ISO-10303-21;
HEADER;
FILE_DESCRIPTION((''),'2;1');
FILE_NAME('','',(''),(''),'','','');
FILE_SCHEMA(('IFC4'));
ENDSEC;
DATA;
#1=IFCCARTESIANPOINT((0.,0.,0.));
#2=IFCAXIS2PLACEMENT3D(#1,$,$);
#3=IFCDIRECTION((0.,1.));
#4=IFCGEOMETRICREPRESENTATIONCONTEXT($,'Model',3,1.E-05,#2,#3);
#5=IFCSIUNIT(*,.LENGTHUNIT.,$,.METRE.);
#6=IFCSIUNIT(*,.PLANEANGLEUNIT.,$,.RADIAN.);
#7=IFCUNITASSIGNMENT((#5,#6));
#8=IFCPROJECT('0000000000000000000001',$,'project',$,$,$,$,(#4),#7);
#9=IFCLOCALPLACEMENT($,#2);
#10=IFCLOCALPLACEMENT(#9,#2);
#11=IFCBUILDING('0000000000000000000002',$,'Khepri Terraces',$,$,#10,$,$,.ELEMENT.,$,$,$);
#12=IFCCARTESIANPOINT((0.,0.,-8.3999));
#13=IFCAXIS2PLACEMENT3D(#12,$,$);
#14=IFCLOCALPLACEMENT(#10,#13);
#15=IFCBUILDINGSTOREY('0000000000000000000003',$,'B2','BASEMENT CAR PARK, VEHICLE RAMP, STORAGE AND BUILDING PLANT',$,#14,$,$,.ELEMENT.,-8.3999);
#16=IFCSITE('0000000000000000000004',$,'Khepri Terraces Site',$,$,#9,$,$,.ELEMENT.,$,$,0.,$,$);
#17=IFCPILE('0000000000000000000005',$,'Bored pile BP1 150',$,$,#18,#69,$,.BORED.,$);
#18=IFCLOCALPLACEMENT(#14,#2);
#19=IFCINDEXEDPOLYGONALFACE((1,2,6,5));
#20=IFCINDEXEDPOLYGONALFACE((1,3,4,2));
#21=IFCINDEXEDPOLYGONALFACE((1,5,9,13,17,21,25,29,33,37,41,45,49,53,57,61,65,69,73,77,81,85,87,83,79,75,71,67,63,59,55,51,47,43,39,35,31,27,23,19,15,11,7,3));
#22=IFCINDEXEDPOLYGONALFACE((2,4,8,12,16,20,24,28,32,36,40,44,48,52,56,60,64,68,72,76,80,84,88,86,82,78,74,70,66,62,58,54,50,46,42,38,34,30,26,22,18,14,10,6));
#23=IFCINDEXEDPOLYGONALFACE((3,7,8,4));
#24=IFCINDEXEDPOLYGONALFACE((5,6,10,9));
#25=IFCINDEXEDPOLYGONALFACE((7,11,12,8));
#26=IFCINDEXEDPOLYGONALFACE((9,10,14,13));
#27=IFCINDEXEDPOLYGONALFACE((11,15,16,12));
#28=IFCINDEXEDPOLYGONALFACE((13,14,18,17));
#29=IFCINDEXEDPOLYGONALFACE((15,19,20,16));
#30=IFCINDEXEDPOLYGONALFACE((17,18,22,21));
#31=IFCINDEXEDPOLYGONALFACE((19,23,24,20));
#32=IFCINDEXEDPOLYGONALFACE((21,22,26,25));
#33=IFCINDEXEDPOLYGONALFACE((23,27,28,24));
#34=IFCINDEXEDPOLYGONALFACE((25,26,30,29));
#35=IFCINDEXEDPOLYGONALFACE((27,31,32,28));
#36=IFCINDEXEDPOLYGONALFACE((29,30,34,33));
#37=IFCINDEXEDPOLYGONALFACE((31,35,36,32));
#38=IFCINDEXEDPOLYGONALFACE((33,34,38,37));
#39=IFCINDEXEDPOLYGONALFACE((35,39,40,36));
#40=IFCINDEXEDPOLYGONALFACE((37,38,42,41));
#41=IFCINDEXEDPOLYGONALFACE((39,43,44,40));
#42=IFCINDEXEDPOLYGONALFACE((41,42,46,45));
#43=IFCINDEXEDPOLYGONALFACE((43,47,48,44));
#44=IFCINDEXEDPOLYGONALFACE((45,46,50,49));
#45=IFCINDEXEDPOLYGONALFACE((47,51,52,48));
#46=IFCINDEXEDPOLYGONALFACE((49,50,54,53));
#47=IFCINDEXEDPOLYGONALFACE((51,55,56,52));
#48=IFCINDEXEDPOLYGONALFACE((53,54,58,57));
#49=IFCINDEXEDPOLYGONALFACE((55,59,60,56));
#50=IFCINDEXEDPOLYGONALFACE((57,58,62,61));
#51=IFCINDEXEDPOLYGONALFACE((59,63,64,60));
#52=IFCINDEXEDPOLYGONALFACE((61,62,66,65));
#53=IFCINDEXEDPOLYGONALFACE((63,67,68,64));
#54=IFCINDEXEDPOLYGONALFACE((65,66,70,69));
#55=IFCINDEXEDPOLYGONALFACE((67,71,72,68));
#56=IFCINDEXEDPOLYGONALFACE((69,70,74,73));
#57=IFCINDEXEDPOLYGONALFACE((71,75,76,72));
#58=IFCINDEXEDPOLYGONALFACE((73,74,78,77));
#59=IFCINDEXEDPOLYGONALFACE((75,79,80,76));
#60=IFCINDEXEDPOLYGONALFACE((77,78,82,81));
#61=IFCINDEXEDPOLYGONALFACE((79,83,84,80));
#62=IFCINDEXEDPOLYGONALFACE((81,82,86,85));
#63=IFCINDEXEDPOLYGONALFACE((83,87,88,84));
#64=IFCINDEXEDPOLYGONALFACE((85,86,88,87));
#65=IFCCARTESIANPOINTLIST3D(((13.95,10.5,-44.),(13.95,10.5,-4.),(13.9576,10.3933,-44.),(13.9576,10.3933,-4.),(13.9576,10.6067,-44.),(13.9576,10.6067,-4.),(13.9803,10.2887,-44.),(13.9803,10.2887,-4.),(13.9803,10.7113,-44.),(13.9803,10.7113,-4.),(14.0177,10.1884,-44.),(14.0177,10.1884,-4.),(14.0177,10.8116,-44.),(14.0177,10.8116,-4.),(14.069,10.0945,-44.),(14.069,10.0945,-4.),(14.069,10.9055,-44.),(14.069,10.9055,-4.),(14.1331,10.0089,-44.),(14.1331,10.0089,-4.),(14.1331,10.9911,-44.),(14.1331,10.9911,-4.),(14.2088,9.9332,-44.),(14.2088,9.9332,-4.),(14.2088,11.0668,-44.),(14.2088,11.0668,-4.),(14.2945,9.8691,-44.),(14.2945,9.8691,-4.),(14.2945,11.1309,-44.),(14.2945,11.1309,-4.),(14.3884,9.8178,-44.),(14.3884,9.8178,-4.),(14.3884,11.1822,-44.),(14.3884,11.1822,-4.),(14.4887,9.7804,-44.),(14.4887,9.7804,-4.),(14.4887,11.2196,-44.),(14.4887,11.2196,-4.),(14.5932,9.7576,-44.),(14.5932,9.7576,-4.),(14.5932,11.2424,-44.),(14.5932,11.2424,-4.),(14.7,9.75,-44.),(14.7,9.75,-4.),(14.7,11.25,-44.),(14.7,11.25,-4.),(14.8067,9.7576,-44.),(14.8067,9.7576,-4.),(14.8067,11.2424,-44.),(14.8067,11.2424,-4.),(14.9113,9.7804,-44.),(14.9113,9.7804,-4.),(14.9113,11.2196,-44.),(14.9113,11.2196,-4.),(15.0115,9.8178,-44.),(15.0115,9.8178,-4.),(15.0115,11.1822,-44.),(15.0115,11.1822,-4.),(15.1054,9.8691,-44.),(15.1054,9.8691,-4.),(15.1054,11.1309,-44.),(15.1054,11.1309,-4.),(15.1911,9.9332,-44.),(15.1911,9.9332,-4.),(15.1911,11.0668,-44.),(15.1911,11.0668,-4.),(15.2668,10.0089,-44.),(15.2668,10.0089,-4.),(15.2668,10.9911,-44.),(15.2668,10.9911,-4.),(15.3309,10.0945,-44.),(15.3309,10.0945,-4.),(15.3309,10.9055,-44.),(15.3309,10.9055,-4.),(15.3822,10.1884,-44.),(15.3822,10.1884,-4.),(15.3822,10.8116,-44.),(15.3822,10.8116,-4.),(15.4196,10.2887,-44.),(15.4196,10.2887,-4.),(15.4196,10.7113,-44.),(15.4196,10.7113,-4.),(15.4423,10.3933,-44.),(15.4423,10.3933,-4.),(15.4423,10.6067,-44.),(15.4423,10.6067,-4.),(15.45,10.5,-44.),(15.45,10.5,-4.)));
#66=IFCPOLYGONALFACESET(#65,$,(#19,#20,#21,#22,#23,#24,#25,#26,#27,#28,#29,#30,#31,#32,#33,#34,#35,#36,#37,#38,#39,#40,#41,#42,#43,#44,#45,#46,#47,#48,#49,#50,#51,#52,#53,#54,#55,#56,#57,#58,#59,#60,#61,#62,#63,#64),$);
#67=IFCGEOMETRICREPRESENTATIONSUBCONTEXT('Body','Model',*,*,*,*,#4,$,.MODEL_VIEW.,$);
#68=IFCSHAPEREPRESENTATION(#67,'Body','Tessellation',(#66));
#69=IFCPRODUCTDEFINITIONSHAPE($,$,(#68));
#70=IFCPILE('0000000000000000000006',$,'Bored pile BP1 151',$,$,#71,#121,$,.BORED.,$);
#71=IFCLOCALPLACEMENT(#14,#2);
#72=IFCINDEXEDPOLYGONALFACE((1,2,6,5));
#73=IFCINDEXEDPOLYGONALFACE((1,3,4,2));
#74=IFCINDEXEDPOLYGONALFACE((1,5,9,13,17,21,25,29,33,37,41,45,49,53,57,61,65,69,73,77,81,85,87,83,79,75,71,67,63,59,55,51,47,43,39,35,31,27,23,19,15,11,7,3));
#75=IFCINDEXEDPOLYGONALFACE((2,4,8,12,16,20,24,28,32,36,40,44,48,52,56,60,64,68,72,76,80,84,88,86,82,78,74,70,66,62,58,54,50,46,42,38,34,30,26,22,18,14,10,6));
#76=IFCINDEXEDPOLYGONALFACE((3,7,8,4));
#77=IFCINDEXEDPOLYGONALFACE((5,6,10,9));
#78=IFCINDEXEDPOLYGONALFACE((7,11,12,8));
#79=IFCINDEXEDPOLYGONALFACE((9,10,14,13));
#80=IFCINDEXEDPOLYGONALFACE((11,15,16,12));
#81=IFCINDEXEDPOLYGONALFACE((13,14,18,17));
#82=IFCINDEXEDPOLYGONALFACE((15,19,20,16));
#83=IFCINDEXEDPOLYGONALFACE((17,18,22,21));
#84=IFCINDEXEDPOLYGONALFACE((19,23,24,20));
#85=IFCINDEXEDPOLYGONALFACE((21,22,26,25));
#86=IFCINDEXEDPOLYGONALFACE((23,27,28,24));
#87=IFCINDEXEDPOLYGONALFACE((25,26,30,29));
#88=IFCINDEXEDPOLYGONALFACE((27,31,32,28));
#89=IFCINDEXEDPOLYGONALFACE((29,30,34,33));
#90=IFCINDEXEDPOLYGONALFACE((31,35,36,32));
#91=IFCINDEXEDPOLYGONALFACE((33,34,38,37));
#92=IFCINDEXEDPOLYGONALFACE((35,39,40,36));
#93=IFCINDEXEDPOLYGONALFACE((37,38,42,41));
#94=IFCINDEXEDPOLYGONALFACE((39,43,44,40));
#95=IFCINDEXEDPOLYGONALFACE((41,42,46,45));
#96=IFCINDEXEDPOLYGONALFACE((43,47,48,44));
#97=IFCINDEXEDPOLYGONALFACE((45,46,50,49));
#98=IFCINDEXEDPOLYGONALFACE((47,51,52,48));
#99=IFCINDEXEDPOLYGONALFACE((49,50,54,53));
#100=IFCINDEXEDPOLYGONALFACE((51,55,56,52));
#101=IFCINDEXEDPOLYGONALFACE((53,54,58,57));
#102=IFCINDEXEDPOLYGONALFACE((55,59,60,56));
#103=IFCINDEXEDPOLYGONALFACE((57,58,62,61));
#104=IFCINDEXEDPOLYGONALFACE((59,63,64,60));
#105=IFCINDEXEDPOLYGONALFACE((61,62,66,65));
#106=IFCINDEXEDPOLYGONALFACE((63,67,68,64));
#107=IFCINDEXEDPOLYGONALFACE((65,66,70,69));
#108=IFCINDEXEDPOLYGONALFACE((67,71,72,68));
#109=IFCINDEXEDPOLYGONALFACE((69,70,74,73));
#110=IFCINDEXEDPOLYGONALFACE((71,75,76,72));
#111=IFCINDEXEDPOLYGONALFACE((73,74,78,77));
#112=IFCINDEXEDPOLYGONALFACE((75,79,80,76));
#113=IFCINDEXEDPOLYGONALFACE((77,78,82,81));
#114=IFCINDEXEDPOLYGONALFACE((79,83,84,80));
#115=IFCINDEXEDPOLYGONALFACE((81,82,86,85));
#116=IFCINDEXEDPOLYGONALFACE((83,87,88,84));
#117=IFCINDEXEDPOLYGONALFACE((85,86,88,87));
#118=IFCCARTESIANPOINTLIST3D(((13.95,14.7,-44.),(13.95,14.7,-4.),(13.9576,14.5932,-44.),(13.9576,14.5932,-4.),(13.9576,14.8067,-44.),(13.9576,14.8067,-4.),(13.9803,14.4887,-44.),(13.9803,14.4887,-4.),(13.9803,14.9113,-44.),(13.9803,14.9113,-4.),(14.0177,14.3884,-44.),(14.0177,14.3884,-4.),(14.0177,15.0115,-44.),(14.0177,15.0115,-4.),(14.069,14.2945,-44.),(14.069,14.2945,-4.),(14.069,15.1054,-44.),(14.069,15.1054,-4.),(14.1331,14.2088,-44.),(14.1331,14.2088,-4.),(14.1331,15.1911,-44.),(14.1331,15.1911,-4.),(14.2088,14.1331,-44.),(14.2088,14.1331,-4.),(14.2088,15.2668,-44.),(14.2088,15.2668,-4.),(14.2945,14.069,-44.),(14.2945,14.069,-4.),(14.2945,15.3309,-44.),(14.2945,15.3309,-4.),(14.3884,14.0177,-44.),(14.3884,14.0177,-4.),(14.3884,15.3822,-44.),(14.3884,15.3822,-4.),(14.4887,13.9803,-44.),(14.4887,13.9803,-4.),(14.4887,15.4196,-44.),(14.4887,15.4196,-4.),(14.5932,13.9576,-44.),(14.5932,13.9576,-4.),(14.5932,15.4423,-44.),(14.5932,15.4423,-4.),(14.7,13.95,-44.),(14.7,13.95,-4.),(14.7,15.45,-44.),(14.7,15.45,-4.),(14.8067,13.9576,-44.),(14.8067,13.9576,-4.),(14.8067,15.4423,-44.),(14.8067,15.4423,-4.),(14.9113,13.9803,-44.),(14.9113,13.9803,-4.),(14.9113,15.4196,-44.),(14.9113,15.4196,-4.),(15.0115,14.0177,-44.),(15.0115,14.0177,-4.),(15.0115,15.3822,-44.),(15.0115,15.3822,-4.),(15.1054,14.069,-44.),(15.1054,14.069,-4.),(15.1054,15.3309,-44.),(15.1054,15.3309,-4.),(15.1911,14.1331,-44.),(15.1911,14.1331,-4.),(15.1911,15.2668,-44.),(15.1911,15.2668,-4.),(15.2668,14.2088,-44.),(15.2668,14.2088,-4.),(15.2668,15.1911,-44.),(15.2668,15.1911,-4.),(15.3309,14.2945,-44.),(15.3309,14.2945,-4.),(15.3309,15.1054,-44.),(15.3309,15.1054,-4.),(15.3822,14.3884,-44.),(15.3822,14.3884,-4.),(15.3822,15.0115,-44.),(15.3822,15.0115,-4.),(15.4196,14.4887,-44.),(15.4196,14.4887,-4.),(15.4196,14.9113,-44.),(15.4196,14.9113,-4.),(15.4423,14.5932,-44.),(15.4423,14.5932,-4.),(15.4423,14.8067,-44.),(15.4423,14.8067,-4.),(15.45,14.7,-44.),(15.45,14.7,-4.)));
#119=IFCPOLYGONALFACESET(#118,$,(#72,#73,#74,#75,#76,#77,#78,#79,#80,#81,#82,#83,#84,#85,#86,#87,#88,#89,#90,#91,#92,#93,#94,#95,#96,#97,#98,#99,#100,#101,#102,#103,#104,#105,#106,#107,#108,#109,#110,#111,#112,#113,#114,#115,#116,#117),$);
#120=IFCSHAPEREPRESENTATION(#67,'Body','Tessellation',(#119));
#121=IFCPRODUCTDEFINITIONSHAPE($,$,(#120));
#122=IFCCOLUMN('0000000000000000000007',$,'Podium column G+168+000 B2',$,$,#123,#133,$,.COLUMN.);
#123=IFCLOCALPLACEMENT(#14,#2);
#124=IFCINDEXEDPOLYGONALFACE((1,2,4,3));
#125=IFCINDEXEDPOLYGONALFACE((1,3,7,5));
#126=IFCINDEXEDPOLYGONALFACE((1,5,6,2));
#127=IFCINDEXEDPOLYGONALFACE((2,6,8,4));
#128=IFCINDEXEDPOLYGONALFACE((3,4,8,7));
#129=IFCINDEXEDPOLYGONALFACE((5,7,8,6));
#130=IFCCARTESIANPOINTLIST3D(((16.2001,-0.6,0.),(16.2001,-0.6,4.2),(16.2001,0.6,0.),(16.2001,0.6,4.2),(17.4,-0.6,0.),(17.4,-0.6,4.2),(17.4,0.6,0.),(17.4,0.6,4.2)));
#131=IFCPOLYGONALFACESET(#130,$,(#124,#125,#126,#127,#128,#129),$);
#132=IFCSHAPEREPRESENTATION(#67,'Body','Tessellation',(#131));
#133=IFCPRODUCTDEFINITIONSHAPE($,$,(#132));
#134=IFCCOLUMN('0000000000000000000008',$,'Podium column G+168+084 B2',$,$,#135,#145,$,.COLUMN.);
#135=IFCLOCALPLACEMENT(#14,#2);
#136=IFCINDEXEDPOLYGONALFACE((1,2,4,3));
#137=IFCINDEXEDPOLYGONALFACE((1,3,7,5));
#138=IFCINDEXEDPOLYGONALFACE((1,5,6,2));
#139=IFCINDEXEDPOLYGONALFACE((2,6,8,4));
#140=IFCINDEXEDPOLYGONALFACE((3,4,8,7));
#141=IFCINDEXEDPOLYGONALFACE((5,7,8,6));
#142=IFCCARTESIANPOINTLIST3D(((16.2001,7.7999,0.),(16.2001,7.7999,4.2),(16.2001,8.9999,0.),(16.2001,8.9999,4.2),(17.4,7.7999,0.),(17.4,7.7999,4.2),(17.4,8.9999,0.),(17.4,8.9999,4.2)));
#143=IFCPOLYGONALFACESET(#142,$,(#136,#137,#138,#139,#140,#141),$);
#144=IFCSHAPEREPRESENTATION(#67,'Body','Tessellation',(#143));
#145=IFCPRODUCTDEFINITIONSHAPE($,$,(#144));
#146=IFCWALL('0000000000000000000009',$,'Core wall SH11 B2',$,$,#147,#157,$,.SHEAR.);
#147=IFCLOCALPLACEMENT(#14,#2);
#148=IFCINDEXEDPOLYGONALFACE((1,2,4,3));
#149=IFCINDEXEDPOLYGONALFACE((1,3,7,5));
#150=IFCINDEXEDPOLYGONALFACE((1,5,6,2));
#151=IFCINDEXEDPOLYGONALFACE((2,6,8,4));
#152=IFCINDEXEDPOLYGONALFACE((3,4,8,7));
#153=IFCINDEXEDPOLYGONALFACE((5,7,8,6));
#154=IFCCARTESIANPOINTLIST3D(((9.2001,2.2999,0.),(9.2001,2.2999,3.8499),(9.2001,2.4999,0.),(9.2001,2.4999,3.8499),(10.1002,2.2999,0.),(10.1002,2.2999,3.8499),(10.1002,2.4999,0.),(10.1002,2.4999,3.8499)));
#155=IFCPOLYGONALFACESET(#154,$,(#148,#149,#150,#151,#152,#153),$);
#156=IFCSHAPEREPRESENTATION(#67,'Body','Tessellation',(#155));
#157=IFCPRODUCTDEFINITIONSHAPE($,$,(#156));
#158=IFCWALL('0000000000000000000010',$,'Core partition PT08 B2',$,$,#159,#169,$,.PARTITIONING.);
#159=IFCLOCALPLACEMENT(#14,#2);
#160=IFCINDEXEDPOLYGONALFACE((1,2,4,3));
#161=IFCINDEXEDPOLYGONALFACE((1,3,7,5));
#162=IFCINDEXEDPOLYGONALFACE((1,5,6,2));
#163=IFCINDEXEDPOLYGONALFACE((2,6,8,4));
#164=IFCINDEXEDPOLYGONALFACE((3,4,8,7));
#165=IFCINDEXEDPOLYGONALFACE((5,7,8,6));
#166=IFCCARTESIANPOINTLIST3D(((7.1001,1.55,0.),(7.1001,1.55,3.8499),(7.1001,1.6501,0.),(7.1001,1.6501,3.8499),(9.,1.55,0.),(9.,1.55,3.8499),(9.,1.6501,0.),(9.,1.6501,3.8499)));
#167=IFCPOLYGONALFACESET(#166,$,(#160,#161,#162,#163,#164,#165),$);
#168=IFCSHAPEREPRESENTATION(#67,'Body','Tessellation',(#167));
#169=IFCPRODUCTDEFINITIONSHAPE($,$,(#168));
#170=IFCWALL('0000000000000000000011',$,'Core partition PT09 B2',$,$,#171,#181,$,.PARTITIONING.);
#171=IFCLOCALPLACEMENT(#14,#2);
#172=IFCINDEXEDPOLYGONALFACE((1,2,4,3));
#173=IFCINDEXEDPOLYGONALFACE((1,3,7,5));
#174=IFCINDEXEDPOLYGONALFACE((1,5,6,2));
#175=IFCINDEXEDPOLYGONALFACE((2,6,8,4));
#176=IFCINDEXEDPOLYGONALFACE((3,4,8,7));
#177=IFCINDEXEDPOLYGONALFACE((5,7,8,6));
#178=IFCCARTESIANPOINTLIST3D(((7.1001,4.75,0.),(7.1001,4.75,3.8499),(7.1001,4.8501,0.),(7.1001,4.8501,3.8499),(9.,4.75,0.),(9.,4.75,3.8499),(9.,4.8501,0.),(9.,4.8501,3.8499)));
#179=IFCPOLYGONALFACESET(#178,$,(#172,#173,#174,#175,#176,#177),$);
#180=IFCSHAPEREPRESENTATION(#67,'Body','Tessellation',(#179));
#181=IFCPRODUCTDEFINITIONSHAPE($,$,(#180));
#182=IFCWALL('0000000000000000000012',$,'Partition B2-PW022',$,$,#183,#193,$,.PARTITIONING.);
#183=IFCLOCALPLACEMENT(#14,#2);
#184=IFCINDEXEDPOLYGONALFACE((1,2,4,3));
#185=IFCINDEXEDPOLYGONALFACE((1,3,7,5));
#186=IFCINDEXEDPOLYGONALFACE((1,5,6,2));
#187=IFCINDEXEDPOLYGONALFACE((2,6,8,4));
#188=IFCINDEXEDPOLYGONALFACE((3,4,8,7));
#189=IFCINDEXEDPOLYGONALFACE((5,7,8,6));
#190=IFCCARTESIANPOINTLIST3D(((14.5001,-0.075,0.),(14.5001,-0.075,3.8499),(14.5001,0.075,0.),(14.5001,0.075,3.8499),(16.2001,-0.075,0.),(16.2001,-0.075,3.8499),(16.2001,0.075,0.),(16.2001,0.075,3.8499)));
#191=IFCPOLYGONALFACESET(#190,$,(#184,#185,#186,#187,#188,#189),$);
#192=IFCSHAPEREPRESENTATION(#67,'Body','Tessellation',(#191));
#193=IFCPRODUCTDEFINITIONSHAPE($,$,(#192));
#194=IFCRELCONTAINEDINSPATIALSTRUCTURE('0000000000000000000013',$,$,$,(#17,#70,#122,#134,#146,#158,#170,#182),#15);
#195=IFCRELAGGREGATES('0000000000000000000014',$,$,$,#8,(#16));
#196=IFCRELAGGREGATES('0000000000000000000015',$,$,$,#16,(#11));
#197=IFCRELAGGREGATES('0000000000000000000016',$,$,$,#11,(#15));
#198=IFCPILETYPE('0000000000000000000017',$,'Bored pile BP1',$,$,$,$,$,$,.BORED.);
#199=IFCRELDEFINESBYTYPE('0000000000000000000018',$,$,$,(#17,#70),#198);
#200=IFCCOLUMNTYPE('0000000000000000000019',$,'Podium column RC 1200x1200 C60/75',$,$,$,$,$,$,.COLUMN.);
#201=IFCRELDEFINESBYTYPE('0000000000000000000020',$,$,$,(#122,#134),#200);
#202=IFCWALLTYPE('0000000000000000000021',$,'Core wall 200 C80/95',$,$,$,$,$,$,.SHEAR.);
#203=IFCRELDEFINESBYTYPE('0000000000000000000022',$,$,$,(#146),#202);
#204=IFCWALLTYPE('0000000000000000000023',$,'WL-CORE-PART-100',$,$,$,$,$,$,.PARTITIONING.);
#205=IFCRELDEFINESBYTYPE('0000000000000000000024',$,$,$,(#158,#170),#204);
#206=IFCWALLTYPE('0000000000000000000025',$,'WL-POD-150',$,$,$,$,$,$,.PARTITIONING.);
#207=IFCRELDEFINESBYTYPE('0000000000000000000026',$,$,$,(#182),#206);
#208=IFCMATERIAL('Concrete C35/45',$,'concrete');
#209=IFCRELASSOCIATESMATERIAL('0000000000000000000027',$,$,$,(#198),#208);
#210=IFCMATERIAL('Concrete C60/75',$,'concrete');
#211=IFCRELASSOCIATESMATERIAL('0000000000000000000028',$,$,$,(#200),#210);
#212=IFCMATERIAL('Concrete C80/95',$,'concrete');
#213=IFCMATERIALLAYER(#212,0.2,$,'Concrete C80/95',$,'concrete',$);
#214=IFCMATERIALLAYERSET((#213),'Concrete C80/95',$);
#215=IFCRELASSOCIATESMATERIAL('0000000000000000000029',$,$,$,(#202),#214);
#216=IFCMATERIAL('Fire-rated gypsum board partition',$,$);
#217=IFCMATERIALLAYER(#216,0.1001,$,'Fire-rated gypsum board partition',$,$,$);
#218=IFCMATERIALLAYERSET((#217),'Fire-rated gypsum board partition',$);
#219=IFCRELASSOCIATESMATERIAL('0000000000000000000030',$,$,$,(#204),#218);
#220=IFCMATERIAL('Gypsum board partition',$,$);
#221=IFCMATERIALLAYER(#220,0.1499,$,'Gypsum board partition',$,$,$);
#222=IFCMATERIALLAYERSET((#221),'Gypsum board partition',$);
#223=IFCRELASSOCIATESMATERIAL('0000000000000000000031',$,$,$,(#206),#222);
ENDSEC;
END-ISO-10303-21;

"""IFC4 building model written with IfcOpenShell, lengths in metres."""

from ifc_helpers import new_model, si_unit, direction, frame, frame_2d, origin, origin_2d, place, context, subcontext, project, spatial, rectangle, circle, extrude, material, layer, layer_set, material_profile, profile_set, type_object, element, save


model = new_model("IFC4")

# Units and contexts
model_context = context("Model", 3, precision=1e-05, world=origin(), true_north=direction((0.0, 1.0)))
body_context = subcontext(model_context, "Body", "Model", "MODEL_VIEW")
ifc_project = project(units=[si_unit("LENGTHUNIT", "METRE"), si_unit("PLANEANGLEUNIT", "RADIAN")], contexts=[model_context])

# Site, building, storey
site_placement = place(None, origin())
site = spatial("IfcSite", under=ifc_project, at=site_placement, Name="Khepri Terraces Site", CompositionType="ELEMENT", RefElevation=0.0)
building_placement = place(site_placement, origin())
building = spatial("IfcBuilding", under=site, at=building_placement, Name="Khepri Terraces", CompositionType="ELEMENT")
storey_placement = place(building_placement, frame((0.0, 0.0, -8.3999)))
storey = spatial("IfcBuildingStorey", under=building, at=storey_placement, Name="B2", Description="BASEMENT CAR PARK, VEHICLE RAMP, STORAGE AND BUILDING PLANT", CompositionType="ELEMENT", Elevation=-8.3999)

# Piles
ifc_material_1 = material(Name="Concrete C35/45", Category="concrete")
ifc_material_profile_1 = material_profile(ifc_material_1, circle(Radius=0.75, at=origin_2d()), Name="Concrete C35/45", Category="concrete")
ifc_profile_set_1 = profile_set([ifc_material_profile_1], Name="Concrete C35/45")
pile_type = type_object("IfcPileType", Name="Bored pile BP1", PredefinedType="BORED", material=ifc_profile_set_1)
for number, where, z_axis, x_axis, name in (
    (1, (14.7, 10.5, -4.0), (0.0, 0.0, -1.0), (1.0, 0.0, 0.0), "Bored pile BP1 150"),
    (2, (14.7, 14.7, -4.0), (0.0, 0.0, -1.0), (1.0, 0.0, 0.0), "Bored pile BP1 151"),
):
    element("IfcPile", number, at=place(storey_placement, frame(where, z_axis=z_axis, x_axis=x_axis)), inside=storey, type_object=pile_type, Name=name, PredefinedType="BORED", context=body_context, shape_type="SweptSolid", body=[
        extrude(circle(Radius=0.75, at=origin_2d()), origin(), (0.0, 0.0, 1.0), 40.0),
    ])

# Columns
ifc_material_2 = material(Name="Concrete C60/75", Category="concrete")
ifc_material_profile_2 = material_profile(ifc_material_2, rectangle(XDim=1.2, YDim=1.2, at=origin_2d()), Name="Concrete C60/75", Category="concrete")
ifc_profile_set_2 = profile_set([ifc_material_profile_2], Name="Concrete C60/75")
column_type = type_object("IfcColumnType", Name="Podium column RC 1200x1200 C60/75", PredefinedType="COLUMN", material=ifc_profile_set_2)
for number, where, z_axis, x_axis, name in (
    (3, (16.8, 0.0, 0.0), (0.0, 0.0, 1.0), (1.0, 0.0, 0.0), "Podium column G+168+000 B2"),
    (4, (16.8, 8.3999, 0.0), (0.0, 0.0, 1.0), (1.0, 0.0, 0.0), "Podium column G+168+084 B2"),
):
    element("IfcColumn", number, at=place(storey_placement, frame(where, z_axis=z_axis, x_axis=x_axis)), inside=storey, type_object=column_type, Name=name, PredefinedType="COLUMN", context=body_context, shape_type="SweptSolid", body=[
        extrude(rectangle(XDim=1.2, YDim=1.2, at=origin_2d()), origin(), (0.0, 0.0, 1.0), 4.2),
    ])

# Walls
ifc_material_3 = material(Name="Concrete C80/95", Category="concrete")
ifc_layer_1 = layer(ifc_material_3, 0.2, Name="Concrete C80/95", Category="concrete")
ifc_layer_set_1 = layer_set([ifc_layer_1], Name="Concrete C80/95")
wall_type_1 = type_object("IfcWallType", Name="Core wall 200 C80/95", PredefinedType="SHEAR", material=ifc_layer_set_1)
wall_1_placement = place(storey_placement, frame((9.2, 2.3999, 0.0), z_axis=(0.0, 0.0, 1.0), x_axis=(1.0, 0.0, 0.0)))
element("IfcWall", 5, at=wall_1_placement, inside=storey, type_object=wall_type_1, Name="Core wall SH11 B2", PredefinedType="SHEAR", context=body_context, shape_type="SweptSolid", body=[
    extrude(rectangle(XDim=0.9001, YDim=0.2, at=frame_2d((0.4502, 0.0))), origin(), (0.0, 0.0, 1.0), 3.8499),
])
ifc_material_4 = material(Name="Fire-rated gypsum board partition")
ifc_layer_2 = layer(ifc_material_4, 0.1001, Name="Fire-rated gypsum board partition")
ifc_layer_set_2 = layer_set([ifc_layer_2], Name="Fire-rated gypsum board partition")
wall_type_2 = type_object("IfcWallType", Name="WL-CORE-PART-100", PredefinedType="PARTITIONING", material=ifc_layer_set_2)
for number, where, z_axis, x_axis, name in (
    (6, (7.1001, 1.6001, 0.0), (0.0, 0.0, 1.0), (1.0, 0.0, 0.0), "Core partition PT08 B2"),
    (7, (7.1001, 4.8, 0.0), (0.0, 0.0, 1.0), (1.0, 0.0, 0.0), "Core partition PT09 B2"),
):
    element("IfcWall", number, at=place(storey_placement, frame(where, z_axis=z_axis, x_axis=x_axis)), inside=storey, type_object=wall_type_2, Name=name, PredefinedType="PARTITIONING", context=body_context, shape_type="SweptSolid", body=[
        extrude(rectangle(XDim=1.8999, YDim=0.1001, at=frame_2d((0.95, 0.0))), origin(), (0.0, 0.0, 1.0), 3.8499),
    ])
ifc_material_5 = material(Name="Gypsum board partition")
ifc_layer_3 = layer(ifc_material_5, 0.1499, Name="Gypsum board partition")
ifc_layer_set_3 = layer_set([ifc_layer_3], Name="Gypsum board partition")
wall_type_3 = type_object("IfcWallType", Name="WL-POD-150", PredefinedType="PARTITIONING", material=ifc_layer_set_3)
wall_2_placement = place(storey_placement, frame((14.5, 0.0, 0.0), z_axis=(0.0, 0.0, 1.0), x_axis=(1.0, 0.0, 0.0)))
element("IfcWall", 8, at=wall_2_placement, inside=storey, type_object=wall_type_3, Name="Partition B2-PW022", PredefinedType="PARTITIONING", context=body_context, shape_type="SweptSolid", body=[
    extrude(rectangle(XDim=1.7, YDim=0.1499, at=frame_2d((0.8501, 0.0))), origin(), (0.0, 0.0, 1.0), 3.8499),
])

save(model, "model.ifc")
